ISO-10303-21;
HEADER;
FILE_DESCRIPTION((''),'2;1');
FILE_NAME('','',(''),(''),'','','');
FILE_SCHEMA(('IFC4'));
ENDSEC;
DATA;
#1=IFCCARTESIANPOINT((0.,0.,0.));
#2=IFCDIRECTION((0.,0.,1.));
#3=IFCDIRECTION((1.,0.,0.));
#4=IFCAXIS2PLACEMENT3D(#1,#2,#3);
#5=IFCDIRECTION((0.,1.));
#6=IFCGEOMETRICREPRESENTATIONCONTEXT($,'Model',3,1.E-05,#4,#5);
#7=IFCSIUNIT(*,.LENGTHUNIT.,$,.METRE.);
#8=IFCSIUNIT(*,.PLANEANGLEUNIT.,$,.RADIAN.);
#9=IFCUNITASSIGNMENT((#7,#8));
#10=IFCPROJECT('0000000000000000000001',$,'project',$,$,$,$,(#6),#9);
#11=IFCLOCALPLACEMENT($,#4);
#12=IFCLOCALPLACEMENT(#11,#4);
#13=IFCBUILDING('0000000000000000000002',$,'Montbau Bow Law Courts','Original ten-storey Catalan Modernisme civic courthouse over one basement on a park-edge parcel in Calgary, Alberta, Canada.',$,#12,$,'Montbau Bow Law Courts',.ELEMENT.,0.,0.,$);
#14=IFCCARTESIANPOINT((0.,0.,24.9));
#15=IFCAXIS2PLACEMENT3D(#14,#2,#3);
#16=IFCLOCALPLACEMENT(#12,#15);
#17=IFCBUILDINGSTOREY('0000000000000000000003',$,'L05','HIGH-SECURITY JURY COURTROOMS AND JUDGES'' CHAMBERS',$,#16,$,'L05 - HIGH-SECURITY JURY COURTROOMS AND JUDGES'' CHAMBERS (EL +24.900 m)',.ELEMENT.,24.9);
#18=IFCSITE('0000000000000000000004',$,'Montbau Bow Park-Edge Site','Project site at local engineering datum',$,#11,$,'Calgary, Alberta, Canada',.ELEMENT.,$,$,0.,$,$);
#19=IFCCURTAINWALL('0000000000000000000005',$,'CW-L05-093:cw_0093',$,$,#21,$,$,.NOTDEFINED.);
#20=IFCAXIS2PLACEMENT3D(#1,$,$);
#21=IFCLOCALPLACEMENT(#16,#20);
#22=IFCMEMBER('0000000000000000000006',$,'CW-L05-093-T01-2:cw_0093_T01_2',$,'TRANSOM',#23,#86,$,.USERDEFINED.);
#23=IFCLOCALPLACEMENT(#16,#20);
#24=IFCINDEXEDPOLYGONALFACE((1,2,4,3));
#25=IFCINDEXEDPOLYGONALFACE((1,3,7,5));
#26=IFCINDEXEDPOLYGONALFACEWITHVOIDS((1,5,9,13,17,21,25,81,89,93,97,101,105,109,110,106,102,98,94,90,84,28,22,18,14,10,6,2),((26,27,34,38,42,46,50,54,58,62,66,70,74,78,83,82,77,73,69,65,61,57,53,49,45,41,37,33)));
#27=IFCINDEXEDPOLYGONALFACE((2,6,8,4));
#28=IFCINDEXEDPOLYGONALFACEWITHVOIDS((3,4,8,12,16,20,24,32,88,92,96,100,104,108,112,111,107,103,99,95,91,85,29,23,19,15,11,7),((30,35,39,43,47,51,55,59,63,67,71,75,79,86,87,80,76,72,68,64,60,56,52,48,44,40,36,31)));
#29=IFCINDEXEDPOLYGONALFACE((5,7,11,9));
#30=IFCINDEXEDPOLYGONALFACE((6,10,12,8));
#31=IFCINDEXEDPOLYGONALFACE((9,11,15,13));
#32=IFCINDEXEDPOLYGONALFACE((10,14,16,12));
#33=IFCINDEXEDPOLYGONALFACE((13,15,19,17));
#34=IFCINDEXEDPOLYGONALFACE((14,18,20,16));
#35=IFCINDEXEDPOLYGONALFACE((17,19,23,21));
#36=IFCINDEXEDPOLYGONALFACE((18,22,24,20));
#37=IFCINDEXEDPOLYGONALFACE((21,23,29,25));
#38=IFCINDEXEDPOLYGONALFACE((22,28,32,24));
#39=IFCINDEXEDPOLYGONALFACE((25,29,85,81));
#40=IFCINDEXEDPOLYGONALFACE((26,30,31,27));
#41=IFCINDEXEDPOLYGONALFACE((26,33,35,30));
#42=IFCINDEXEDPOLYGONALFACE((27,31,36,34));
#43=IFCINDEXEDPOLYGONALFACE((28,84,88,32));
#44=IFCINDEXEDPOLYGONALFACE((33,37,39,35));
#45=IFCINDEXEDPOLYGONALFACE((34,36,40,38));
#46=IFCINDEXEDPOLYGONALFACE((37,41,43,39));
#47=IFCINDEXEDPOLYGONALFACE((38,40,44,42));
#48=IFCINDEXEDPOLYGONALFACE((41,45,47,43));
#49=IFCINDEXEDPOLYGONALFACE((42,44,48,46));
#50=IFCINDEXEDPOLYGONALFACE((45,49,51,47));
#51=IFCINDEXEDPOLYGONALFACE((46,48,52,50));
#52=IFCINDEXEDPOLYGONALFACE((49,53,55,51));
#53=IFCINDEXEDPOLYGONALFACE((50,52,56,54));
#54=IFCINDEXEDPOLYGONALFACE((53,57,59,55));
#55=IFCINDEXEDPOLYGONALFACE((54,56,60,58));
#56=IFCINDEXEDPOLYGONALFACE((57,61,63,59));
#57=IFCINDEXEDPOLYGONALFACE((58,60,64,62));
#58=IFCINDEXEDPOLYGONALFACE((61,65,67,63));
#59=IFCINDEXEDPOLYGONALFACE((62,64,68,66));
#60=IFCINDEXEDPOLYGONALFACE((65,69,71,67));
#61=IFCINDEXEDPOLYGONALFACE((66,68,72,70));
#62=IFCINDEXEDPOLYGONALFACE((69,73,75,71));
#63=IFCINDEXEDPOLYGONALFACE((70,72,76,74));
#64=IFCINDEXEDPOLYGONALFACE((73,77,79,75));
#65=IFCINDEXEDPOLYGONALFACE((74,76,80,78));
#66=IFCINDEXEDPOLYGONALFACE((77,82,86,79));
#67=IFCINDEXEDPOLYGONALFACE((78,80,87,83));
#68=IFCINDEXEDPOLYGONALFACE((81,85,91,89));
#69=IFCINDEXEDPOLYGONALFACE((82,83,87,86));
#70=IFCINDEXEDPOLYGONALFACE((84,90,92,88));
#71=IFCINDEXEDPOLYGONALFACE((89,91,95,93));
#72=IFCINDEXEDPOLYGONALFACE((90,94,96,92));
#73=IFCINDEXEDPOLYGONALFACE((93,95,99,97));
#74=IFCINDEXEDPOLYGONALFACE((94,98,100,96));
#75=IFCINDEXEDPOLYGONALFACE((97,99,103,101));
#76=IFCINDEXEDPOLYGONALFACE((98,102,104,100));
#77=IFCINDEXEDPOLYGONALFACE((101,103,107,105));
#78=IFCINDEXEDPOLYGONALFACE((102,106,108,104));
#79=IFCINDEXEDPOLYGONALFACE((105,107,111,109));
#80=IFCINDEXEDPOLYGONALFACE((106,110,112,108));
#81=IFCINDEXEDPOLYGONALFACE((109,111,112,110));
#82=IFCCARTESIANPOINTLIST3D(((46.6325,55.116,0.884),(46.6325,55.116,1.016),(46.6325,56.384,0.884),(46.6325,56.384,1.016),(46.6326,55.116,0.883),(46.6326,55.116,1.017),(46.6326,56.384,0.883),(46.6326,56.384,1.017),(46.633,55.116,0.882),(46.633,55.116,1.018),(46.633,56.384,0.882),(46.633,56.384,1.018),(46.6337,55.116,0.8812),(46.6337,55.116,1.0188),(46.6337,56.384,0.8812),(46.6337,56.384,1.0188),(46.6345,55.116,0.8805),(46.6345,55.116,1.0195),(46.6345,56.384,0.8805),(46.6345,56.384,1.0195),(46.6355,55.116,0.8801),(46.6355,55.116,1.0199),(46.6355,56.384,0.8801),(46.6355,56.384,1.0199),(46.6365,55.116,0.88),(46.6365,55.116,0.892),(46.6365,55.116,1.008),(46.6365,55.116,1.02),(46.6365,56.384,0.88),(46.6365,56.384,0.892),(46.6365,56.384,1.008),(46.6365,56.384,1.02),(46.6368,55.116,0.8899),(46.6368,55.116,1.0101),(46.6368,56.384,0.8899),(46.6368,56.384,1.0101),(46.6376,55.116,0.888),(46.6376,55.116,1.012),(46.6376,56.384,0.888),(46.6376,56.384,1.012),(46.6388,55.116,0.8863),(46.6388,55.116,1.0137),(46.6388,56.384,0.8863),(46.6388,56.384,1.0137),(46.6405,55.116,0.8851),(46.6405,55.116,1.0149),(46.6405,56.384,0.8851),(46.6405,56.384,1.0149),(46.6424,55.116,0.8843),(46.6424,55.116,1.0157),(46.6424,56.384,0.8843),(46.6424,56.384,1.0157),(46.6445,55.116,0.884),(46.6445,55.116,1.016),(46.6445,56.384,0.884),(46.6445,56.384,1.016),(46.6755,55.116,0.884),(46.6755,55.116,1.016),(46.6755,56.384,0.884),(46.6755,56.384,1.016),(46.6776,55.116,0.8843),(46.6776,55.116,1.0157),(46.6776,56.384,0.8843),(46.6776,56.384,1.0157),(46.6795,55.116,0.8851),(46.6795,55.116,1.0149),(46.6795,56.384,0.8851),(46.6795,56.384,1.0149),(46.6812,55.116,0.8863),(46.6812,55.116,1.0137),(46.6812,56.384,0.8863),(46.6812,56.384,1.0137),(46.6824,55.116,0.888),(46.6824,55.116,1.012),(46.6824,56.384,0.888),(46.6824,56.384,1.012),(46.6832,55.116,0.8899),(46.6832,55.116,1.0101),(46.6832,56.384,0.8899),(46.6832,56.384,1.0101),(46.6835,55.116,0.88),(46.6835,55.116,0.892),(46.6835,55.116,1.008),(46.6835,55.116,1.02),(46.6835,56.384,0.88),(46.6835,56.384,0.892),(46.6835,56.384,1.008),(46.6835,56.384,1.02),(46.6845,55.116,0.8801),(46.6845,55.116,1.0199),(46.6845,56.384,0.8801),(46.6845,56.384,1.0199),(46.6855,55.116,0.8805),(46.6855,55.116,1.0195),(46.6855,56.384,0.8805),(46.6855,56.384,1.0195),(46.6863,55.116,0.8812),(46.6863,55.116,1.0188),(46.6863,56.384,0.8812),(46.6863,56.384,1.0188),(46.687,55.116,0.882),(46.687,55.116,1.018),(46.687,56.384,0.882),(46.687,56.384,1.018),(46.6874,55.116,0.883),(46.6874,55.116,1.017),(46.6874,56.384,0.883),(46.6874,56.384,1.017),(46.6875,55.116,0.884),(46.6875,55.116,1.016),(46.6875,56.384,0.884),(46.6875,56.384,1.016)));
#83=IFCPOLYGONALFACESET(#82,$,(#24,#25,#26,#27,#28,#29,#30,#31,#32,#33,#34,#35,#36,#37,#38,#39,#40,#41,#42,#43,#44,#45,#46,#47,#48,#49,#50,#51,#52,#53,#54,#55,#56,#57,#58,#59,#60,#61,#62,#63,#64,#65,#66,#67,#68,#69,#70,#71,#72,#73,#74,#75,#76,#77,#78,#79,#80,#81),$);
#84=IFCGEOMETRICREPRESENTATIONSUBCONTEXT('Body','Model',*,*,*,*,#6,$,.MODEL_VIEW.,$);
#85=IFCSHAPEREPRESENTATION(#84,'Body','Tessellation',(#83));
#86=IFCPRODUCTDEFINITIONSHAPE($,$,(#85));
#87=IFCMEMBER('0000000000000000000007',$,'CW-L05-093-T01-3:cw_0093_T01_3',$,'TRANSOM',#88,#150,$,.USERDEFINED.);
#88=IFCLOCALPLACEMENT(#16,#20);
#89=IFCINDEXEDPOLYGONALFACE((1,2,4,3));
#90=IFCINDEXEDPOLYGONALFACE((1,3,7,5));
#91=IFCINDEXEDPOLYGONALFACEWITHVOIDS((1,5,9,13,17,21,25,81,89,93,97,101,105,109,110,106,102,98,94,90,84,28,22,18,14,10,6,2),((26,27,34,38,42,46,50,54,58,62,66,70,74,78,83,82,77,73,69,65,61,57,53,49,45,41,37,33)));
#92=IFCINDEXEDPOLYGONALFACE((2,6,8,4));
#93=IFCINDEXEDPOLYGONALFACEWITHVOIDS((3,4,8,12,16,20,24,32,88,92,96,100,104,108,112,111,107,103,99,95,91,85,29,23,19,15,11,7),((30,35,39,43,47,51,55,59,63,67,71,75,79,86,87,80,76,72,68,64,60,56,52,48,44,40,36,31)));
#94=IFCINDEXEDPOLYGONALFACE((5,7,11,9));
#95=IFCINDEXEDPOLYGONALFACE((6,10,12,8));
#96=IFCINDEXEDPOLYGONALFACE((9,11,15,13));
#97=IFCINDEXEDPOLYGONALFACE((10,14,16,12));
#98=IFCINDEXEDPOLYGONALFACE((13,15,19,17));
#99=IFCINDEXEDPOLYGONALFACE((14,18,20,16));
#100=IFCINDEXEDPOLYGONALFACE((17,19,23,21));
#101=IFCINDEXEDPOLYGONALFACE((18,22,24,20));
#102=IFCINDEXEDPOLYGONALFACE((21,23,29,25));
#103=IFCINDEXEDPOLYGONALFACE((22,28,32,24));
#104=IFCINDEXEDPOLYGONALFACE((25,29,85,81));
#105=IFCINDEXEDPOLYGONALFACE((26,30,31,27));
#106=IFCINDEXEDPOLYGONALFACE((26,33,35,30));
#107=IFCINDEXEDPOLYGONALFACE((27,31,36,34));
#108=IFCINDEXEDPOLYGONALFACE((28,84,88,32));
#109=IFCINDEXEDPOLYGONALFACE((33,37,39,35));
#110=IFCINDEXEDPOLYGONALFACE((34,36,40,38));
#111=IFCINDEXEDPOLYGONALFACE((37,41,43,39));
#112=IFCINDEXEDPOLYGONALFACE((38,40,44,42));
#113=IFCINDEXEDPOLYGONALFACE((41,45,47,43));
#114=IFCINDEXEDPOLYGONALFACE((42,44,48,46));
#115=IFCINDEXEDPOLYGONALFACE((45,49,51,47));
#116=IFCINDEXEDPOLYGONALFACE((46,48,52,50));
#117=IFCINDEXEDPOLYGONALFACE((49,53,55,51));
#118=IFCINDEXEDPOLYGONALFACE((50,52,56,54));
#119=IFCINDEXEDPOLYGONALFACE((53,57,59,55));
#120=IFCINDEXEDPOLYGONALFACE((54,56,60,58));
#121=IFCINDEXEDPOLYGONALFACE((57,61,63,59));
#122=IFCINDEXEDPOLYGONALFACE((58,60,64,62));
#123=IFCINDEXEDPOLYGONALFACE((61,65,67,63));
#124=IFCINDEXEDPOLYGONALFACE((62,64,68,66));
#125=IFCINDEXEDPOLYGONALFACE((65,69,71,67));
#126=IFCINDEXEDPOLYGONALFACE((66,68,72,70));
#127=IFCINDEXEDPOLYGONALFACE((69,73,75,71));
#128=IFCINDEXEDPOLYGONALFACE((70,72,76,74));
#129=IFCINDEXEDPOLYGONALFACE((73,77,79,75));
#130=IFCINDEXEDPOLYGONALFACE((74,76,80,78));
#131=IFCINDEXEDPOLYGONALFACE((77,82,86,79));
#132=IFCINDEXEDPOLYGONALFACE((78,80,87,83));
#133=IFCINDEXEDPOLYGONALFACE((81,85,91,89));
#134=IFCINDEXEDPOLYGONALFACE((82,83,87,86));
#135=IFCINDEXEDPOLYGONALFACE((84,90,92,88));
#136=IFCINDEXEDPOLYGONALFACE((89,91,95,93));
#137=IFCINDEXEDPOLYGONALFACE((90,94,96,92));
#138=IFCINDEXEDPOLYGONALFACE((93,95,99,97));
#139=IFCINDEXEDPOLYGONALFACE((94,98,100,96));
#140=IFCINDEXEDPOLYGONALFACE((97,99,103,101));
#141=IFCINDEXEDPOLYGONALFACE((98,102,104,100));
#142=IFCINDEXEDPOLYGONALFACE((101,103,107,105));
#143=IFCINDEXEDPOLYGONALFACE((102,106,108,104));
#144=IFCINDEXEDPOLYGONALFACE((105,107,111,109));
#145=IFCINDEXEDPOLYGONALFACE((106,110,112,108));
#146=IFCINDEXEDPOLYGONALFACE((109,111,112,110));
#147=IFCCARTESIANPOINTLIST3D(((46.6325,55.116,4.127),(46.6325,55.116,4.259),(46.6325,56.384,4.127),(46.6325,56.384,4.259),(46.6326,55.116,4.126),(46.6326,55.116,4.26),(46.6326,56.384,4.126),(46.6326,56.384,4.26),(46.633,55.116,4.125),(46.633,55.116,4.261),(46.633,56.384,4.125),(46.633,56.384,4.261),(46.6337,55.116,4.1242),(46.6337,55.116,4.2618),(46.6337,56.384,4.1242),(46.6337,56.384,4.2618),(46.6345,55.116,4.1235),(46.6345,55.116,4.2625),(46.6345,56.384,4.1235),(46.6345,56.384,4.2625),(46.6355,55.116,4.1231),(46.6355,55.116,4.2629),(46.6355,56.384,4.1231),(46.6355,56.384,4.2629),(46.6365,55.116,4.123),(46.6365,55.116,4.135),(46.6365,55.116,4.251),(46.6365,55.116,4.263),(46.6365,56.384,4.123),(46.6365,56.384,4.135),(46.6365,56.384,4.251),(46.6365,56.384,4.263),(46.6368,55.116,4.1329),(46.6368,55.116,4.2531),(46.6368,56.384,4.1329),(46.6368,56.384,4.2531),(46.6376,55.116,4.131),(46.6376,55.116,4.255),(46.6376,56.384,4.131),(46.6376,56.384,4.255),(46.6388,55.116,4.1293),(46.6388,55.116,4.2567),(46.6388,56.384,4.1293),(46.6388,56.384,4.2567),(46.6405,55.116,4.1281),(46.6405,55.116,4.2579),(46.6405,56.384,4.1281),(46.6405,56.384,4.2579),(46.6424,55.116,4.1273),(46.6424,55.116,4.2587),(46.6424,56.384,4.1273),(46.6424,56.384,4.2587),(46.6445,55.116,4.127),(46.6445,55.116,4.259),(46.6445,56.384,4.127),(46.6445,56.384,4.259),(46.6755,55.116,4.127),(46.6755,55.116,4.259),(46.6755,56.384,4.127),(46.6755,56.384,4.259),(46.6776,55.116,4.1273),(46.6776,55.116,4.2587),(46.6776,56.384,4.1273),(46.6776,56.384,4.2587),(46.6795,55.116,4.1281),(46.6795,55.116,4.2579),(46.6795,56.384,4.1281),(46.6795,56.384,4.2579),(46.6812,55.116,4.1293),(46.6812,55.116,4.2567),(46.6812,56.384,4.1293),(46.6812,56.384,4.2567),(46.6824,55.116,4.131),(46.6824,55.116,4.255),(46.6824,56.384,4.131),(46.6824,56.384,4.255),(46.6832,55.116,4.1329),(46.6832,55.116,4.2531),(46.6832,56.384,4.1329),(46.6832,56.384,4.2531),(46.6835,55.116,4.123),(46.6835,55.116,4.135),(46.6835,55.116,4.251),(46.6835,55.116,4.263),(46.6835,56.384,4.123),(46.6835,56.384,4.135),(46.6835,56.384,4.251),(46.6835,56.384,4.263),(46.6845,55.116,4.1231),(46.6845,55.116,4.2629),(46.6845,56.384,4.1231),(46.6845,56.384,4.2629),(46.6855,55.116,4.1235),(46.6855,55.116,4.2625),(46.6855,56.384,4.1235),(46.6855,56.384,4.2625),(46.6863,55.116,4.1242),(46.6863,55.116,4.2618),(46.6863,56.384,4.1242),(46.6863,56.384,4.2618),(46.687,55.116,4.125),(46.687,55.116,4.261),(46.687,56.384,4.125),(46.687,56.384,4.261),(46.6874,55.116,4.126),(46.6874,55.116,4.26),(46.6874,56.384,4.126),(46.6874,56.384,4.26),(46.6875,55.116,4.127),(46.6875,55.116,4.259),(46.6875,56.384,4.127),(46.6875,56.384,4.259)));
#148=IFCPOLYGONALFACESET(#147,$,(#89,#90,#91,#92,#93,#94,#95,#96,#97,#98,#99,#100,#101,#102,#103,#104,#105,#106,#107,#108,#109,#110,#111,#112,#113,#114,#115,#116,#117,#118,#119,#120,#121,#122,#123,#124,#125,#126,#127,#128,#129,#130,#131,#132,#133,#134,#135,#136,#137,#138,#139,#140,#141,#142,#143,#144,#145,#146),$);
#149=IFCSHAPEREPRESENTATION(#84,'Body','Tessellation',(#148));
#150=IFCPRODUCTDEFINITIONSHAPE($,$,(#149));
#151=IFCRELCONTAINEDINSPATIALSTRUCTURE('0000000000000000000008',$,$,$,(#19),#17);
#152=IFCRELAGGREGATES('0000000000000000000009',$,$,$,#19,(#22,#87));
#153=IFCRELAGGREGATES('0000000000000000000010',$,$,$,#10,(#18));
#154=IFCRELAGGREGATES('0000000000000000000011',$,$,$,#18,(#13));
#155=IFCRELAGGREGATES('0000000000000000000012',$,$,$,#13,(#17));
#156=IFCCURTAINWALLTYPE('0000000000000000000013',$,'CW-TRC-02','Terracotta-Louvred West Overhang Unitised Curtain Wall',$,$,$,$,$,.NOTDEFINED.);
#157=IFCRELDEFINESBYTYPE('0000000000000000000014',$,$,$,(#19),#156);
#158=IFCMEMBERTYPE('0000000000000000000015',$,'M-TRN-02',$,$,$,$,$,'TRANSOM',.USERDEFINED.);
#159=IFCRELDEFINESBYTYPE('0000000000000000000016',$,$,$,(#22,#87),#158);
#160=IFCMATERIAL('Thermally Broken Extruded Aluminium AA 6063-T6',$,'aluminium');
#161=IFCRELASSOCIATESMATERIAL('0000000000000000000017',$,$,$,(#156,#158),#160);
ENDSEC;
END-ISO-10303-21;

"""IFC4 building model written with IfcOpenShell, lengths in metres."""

from ifc_helpers import new_model, si_unit, direction, frame, origin_with_axes, origin_2d_with_axis, place, context, subcontext, project, spatial, hollow_rectangle, extrude, material, material_profile, profile_set, type_object, element, aggregate, save


model = new_model("IFC4")

# Units and contexts
model_context = context("Model", 3, precision=1e-05, world=origin_with_axes(), true_north=direction((0.0, 1.0)))
body_context = subcontext(model_context, "Body", "Model", "MODEL_VIEW")
ifc_project = project(units=[si_unit("LENGTHUNIT", "METRE"), si_unit("PLANEANGLEUNIT", "RADIAN")], contexts=[model_context])

# Site, building, storey
site_placement = place(None, origin_with_axes())
site = spatial("IfcSite", under=ifc_project, at=site_placement, Name="Montbau Bow Park-Edge Site", Description="Project site at local engineering datum", LongName="Calgary, Alberta, Canada", CompositionType="ELEMENT", RefElevation=0.0)
building_placement = place(site_placement, origin_with_axes())
building = spatial("IfcBuilding", under=site, at=building_placement, Name="Montbau Bow Law Courts", Description="Original ten-storey Catalan Modernisme civic courthouse over one basement on a park-edge parcel in Calgary, Alberta, Canada.", LongName="Montbau Bow Law Courts", CompositionType="ELEMENT", ElevationOfRefHeight=0.0, ElevationOfTerrain=0.0)
storey_placement = place(building_placement, frame((0.0, 0.0, 24.9), z_axis=(0.0, 0.0, 1.0), x_axis=(1.0, 0.0, 0.0)))
storey = spatial("IfcBuildingStorey", under=building, at=storey_placement, Name="L05", Description="HIGH-SECURITY JURY COURTROOMS AND JUDGES' CHAMBERS", LongName="L05 - HIGH-SECURITY JURY COURTROOMS AND JUDGES' CHAMBERS (EL +24.900 m)", CompositionType="ELEMENT", Elevation=24.9)

# Curtain wall, members
ifc_material_1 = material(Name="Thermally Broken Extruded Aluminium AA 6063-T6", Category="aluminium")
curtain_wall_type = type_object("IfcCurtainWallType", Name="CW-TRC-02", Description="Terracotta-Louvred West Overhang Unitised Curtain Wall", PredefinedType="NOTDEFINED", material=ifc_material_1)
curtain_wall_placement = place(None, frame((46.66, 55.04, 24.9), z_axis=(0.0, 0.0, 1.0), x_axis=(1.0, 0.0, 0.0)))
curtain_wall = element("IfcCurtainWall", 1, at=curtain_wall_placement, inside=storey, type_object=curtain_wall_type, Name="CW-L05-093:cw_0093", PredefinedType="NOTDEFINED")
ifc_material_profile_1 = material_profile(ifc_material_1, hollow_rectangle(XDim=0.055, YDim=0.14, WallThickness=0.004, InnerFilletRadius=0.008, OuterFilletRadius=0.004, at=origin_2d_with_axis()), Name="CWT-140X55", Category="Main", Priority=0)
ifc_profile_set_1 = profile_set([ifc_material_profile_1], Name="Thermally Broken Extruded Aluminium AA 6063-T6")
member_type_1 = type_object("IfcMemberType", Name="M-TRN-02", ElementType="TRANSOM", PredefinedType="USERDEFINED", material=ifc_profile_set_1)
member_1_placement = place(None, frame((46.66, 55.116, 25.85), z_axis=(0.0, 1.0, 0.0), x_axis=(-1.0, 0.0, 0.0)))
member_1 = element("IfcMember", 2, at=member_1_placement, type_object=member_type_1, Name="CW-L05-093-T01-2:cw_0093_T01_2", ObjectType="TRANSOM", PredefinedType="USERDEFINED", context=body_context, shape_type="SweptSolid", body=[
    extrude(hollow_rectangle(XDim=0.055, YDim=0.14, WallThickness=0.004, InnerFilletRadius=0.008, OuterFilletRadius=0.004, at=origin_2d_with_axis()), origin_with_axes(), (0.0, 0.0, 1.0), 1.268),
])
member_2_placement = place(None, frame((46.66, 55.116, 29.093), z_axis=(0.0, 1.0, 0.0), x_axis=(-1.0, 0.0, 0.0)))
member_2 = element("IfcMember", 3, at=member_2_placement, type_object=member_type_1, Name="CW-L05-093-T01-3:cw_0093_T01_3", ObjectType="TRANSOM", PredefinedType="USERDEFINED", context=body_context, shape_type="SweptSolid", body=[
    extrude(hollow_rectangle(XDim=0.055, YDim=0.14, WallThickness=0.004, InnerFilletRadius=0.008, OuterFilletRadius=0.004, at=origin_2d_with_axis()), origin_with_axes(), (0.0, 0.0, 1.0), 1.268),
])
aggregate(curtain_wall, [member_1, member_2])

save(model, "model.ifc")
